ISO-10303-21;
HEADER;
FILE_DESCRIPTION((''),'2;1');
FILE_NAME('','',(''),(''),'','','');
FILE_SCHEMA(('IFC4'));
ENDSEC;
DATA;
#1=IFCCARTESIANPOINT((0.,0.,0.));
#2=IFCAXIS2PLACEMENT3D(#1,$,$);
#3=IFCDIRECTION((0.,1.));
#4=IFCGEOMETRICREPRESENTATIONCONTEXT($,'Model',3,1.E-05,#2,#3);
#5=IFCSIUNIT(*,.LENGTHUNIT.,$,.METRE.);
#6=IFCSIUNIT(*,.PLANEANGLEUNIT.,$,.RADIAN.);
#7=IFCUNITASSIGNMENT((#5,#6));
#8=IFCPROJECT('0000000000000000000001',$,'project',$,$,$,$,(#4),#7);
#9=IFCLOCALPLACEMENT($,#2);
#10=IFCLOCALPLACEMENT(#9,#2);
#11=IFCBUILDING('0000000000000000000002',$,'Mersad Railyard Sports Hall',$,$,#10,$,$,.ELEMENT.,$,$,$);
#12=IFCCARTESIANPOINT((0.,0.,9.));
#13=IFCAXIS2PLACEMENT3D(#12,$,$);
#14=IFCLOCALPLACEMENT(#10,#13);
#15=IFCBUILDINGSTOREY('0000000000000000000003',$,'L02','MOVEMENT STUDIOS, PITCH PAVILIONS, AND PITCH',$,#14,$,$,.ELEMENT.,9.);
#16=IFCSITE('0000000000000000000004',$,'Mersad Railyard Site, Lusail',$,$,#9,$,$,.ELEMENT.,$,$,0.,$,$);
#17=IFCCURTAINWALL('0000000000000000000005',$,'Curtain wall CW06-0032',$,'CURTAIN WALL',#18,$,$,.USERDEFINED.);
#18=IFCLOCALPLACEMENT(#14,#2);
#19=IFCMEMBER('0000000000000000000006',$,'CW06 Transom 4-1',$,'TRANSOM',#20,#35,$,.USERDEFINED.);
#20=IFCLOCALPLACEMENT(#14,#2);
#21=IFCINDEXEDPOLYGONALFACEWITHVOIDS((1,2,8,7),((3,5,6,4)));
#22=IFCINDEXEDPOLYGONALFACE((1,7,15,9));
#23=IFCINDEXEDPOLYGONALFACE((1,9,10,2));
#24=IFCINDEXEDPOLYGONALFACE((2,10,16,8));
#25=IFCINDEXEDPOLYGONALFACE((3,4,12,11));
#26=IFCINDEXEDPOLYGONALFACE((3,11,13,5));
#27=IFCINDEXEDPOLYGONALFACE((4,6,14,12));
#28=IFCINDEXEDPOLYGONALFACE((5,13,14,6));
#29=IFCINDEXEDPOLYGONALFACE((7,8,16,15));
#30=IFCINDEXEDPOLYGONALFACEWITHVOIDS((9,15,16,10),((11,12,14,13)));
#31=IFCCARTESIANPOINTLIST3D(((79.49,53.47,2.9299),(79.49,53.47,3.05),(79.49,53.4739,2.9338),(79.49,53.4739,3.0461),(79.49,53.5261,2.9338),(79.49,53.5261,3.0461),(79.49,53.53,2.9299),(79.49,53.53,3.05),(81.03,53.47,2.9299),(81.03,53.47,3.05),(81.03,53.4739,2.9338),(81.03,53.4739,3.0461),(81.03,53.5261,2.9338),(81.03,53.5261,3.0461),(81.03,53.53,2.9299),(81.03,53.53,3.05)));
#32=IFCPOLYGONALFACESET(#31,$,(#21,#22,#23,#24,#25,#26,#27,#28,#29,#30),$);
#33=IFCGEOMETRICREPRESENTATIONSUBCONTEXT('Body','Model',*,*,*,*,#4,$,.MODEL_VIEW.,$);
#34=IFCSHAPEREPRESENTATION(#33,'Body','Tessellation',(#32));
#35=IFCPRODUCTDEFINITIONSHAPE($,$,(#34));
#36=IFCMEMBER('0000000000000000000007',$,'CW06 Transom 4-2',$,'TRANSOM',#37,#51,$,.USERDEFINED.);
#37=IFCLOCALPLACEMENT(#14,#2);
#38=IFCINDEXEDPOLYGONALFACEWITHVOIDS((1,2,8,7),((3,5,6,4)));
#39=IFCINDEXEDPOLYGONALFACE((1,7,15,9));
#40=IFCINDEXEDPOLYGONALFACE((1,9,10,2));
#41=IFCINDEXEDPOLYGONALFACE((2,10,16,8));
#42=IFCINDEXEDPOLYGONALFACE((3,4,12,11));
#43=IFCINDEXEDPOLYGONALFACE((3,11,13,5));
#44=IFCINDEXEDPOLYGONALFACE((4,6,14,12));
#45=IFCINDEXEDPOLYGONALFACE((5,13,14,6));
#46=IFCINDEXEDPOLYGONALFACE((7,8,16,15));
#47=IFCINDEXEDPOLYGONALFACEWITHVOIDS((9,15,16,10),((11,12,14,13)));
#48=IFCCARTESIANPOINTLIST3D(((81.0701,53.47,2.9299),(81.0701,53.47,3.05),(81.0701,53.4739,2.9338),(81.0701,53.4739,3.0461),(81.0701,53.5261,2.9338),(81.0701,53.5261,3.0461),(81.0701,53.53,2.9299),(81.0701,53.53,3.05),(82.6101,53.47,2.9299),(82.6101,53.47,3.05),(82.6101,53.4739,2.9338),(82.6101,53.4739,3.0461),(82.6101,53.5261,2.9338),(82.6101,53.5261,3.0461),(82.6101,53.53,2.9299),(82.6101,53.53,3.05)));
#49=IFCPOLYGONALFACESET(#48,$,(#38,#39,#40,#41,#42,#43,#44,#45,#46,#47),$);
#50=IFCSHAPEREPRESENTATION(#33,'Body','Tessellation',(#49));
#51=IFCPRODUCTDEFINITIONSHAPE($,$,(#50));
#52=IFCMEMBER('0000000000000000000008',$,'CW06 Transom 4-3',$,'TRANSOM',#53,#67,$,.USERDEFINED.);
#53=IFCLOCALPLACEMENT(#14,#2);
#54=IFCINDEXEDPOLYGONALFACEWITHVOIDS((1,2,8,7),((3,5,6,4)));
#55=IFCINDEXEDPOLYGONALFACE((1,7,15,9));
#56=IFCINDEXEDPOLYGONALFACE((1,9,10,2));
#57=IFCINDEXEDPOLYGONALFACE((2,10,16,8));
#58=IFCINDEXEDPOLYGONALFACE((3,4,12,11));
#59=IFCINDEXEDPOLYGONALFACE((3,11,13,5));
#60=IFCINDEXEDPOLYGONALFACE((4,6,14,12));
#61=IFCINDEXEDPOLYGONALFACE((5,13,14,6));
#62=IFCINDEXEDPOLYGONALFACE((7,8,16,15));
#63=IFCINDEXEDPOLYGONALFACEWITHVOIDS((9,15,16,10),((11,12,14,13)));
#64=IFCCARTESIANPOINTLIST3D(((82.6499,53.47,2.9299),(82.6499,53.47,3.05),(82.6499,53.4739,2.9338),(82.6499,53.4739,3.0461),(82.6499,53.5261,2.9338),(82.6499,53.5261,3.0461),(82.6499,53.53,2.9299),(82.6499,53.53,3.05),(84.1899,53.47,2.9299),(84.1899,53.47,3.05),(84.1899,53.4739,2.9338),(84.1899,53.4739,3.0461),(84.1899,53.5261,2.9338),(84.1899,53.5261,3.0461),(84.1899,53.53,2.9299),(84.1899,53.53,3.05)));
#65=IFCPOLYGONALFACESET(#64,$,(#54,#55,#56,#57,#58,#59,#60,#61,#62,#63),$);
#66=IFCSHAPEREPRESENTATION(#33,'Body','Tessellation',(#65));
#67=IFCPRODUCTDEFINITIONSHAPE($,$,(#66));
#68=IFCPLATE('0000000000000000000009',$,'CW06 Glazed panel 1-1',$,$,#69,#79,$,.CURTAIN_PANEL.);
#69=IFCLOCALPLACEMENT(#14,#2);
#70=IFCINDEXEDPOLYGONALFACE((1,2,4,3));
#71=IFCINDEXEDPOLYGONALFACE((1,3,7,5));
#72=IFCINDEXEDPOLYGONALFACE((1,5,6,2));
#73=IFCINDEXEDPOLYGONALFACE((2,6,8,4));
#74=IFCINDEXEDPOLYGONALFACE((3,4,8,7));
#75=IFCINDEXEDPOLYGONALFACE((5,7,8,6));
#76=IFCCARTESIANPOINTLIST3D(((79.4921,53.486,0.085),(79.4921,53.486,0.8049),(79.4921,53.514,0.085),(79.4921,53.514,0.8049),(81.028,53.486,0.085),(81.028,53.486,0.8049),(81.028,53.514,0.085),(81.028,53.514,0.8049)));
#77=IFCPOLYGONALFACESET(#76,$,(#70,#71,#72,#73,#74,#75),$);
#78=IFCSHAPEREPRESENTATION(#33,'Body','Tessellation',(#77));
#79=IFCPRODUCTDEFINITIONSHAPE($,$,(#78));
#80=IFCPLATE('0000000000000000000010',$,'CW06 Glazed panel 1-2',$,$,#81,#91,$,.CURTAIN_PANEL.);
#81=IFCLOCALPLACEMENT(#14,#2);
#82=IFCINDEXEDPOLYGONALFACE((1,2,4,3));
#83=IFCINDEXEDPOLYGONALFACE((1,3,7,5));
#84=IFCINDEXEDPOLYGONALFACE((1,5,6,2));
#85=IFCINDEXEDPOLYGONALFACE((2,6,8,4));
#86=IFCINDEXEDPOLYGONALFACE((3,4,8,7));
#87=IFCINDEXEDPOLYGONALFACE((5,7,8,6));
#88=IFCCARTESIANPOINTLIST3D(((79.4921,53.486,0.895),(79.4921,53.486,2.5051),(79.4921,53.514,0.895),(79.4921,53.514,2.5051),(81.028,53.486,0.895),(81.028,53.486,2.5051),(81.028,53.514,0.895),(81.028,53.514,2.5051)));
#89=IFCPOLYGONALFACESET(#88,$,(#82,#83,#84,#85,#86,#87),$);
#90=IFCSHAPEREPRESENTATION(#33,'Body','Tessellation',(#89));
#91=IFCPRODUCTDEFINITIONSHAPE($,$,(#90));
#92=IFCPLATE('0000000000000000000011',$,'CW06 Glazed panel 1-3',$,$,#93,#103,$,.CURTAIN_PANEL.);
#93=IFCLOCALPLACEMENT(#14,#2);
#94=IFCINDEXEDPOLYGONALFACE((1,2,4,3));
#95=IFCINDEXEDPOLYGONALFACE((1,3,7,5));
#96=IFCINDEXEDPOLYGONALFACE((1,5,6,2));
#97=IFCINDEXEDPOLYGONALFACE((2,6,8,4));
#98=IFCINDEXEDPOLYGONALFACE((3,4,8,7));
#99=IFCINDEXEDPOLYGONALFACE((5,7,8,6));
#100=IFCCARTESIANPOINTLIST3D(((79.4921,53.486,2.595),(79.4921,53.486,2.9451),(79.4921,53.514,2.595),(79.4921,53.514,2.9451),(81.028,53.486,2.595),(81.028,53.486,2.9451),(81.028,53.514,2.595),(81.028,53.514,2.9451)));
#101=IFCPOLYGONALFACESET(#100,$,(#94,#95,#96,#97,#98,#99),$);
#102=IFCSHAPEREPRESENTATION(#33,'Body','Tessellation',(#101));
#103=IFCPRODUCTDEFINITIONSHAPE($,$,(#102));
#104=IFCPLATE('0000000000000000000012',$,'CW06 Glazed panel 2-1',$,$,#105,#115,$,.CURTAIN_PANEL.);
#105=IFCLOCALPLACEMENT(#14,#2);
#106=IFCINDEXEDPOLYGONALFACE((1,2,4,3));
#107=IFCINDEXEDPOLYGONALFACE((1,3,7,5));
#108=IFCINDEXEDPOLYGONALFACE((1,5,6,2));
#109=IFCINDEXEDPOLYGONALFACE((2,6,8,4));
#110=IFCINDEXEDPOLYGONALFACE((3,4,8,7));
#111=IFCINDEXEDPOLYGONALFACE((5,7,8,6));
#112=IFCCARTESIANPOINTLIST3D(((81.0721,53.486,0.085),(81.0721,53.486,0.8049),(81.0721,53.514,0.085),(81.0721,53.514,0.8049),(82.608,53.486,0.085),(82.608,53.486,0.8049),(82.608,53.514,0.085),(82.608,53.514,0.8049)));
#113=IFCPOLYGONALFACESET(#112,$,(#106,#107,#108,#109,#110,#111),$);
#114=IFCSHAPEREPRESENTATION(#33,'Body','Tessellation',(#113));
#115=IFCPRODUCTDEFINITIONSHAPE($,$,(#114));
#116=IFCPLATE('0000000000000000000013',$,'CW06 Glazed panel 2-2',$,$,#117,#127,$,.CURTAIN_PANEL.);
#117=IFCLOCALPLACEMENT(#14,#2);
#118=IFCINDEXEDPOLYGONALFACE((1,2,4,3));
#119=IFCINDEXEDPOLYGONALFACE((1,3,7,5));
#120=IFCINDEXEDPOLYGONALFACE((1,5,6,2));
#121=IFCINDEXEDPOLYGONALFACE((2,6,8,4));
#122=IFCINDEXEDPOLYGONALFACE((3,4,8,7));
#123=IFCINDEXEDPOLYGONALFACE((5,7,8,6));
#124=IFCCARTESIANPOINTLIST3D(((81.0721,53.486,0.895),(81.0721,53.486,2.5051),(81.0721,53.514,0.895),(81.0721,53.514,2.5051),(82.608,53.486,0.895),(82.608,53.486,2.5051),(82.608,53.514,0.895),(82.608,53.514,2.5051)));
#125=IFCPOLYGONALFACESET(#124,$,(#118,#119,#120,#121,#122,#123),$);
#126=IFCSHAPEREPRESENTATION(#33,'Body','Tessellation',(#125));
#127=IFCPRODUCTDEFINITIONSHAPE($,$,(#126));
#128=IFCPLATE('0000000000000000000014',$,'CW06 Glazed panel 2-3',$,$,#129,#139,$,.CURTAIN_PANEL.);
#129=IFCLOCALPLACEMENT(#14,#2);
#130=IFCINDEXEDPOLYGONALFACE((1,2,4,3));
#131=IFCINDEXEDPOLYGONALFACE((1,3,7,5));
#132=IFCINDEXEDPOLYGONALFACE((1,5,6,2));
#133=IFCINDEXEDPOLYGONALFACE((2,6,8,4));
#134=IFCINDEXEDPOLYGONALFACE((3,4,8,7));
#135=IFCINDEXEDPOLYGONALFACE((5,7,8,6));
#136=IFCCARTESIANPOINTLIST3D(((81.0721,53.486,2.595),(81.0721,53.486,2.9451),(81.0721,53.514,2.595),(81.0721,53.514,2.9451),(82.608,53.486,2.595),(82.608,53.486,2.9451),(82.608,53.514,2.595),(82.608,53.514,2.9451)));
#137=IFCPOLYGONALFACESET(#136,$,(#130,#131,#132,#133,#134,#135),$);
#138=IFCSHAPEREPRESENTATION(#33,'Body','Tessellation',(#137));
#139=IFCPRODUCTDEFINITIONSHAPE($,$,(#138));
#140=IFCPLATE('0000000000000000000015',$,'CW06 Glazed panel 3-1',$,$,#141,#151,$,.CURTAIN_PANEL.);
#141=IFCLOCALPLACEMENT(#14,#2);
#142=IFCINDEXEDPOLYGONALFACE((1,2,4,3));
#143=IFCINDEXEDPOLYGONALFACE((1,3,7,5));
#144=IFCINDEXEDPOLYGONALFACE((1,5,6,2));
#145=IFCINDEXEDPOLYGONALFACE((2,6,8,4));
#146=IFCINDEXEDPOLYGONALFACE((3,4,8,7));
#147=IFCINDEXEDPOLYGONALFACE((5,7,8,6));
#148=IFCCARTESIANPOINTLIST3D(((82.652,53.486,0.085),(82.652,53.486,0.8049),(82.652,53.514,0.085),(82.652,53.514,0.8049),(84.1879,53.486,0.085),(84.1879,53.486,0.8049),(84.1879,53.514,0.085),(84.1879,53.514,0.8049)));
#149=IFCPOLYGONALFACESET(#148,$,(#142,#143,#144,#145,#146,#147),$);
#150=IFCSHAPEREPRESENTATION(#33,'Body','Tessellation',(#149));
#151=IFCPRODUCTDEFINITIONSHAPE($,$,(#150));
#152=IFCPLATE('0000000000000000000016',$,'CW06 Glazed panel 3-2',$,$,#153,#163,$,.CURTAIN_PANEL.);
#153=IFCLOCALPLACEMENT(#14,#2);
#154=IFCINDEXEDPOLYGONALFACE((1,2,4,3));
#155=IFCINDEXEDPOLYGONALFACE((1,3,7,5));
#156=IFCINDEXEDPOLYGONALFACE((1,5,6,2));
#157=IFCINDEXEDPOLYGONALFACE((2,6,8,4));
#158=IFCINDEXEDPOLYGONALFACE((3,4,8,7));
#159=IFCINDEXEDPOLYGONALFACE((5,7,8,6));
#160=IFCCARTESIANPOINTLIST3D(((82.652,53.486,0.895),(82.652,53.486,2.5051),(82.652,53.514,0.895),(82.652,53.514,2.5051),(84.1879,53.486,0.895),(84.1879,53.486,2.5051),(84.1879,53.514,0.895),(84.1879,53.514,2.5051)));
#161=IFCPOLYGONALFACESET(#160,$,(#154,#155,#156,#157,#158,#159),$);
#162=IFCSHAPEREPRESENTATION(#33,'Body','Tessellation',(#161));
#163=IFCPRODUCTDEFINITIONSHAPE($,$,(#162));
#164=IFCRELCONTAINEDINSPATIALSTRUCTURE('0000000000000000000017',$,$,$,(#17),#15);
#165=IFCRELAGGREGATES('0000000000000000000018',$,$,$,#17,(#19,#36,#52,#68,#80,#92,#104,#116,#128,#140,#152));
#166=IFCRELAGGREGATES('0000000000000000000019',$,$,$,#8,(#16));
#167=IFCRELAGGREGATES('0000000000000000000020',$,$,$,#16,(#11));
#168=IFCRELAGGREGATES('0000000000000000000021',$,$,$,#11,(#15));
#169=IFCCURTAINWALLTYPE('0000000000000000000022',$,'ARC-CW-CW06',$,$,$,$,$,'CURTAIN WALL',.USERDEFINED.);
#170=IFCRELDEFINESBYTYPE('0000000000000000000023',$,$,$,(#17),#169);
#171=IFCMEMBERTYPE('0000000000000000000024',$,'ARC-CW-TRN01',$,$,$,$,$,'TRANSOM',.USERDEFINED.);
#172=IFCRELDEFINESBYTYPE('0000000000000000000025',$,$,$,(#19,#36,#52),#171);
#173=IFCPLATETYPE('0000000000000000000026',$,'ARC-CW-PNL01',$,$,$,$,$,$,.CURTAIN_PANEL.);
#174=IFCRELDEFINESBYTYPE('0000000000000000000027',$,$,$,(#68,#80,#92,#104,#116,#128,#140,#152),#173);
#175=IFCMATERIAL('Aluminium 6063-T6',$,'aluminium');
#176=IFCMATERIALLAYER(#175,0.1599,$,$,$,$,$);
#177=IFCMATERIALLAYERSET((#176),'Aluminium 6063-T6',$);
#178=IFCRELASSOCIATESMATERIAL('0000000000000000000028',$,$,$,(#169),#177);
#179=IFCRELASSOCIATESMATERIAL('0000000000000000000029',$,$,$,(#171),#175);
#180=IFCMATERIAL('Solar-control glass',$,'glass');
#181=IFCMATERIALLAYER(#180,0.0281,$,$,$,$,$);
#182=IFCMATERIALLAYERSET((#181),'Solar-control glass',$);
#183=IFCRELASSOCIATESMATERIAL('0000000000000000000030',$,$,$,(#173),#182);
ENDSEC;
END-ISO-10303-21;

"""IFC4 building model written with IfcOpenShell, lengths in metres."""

from ifc_helpers import new_model, si_unit, direction, frame, origin, origin_2d, place, context, subcontext, project, spatial, rectangle, hollow_rectangle, extrude, material, layer, layer_set, material_profile, profile_set, type_object, element, aggregate, save


model = new_model("IFC4")

# Units and contexts
model_context = context("Model", 3, precision=1e-05, world=origin(), true_north=direction((0.0, 1.0)))
body_context = subcontext(model_context, "Body", "Model", "MODEL_VIEW")
ifc_project = project(units=[si_unit("LENGTHUNIT", "METRE"), si_unit("PLANEANGLEUNIT", "RADIAN")], contexts=[model_context])

# Site, building, storey
site_placement = place(None, origin())
site = spatial("IfcSite", under=ifc_project, at=site_placement, Name="Mersad Railyard Site, Lusail", CompositionType="ELEMENT", RefElevation=0.0)
building_placement = place(site_placement, origin())
building = spatial("IfcBuilding", under=site, at=building_placement, Name="Mersad Railyard Sports Hall", CompositionType="ELEMENT")
storey_placement = place(building_placement, frame((0.0, 0.0, 9.0)))
storey = spatial("IfcBuildingStorey", under=building, at=storey_placement, Name="L02", Description="MOVEMENT STUDIOS, PITCH PAVILIONS, AND PITCH", CompositionType="ELEMENT", Elevation=9.0)

# Curtain wall, members, plates
ifc_material_1 = material(Name="Aluminium 6063-T6", Category="aluminium")
ifc_layer_1 = layer(ifc_material_1, 0.1599)
ifc_layer_set_1 = layer_set([ifc_layer_1], Name="Aluminium 6063-T6")
curtain_wall_type = type_object("IfcCurtainWallType", Name="ARC-CW-CW06", ElementType="CURTAIN WALL", PredefinedType="USERDEFINED", material=ifc_layer_set_1)
curtain_wall_placement = place(storey_placement, origin())
curtain_wall = element("IfcCurtainWall", 1, at=curtain_wall_placement, inside=storey, type_object=curtain_wall_type, Name="Curtain wall CW06-0032", ObjectType="CURTAIN WALL", PredefinedType="USERDEFINED")
ifc_material_profile_1 = material_profile(ifc_material_1, hollow_rectangle(XDim=0.0601, YDim=0.1201, WallThickness=0.0039, at=origin_2d()), Name="AL TRANSOM 60x120x4")
ifc_profile_set_1 = profile_set([ifc_material_profile_1], Name="Aluminium 6063-T6")
member_type_1 = type_object("IfcMemberType", Name="ARC-CW-TRN01", ElementType="TRANSOM", PredefinedType="USERDEFINED", material=ifc_profile_set_1)
member_1_placement = place(storey_placement, frame((79.49, 53.5, 2.99), z_axis=(1.0, 0.0, 0.0), x_axis=(0.0, 1.0, 0.0)))
member_1 = element("IfcMember", 2, at=member_1_placement, type_object=member_type_1, Name="CW06 Transom 4-1", ObjectType="TRANSOM", PredefinedType="USERDEFINED", context=body_context, shape_type="SweptSolid", body=[
    extrude(hollow_rectangle(XDim=0.0601, YDim=0.1201, WallThickness=0.0039, at=origin_2d()), origin(), (0.0, 0.0, 1.0), 1.54),
])
member_2_placement = place(storey_placement, frame((81.0701, 53.5, 2.99), z_axis=(1.0, 0.0, 0.0), x_axis=(0.0, 1.0, 0.0)))
member_2 = element("IfcMember", 3, at=member_2_placement, type_object=member_type_1, Name="CW06 Transom 4-2", ObjectType="TRANSOM", PredefinedType="USERDEFINED", context=body_context, shape_type="SweptSolid", body=[
    extrude(hollow_rectangle(XDim=0.0601, YDim=0.1201, WallThickness=0.0039, at=origin_2d()), origin(), (0.0, 0.0, 1.0), 1.54),
])
member_3_placement = place(storey_placement, frame((82.6499, 53.5, 2.99), z_axis=(1.0, 0.0, 0.0), x_axis=(0.0, 1.0, 0.0)))
member_3 = element("IfcMember", 4, at=member_3_placement, type_object=member_type_1, Name="CW06 Transom 4-3", ObjectType="TRANSOM", PredefinedType="USERDEFINED", context=body_context, shape_type="SweptSolid", body=[
    extrude(hollow_rectangle(XDim=0.0601, YDim=0.1201, WallThickness=0.0039, at=origin_2d()), origin(), (0.0, 0.0, 1.0), 1.54),
])
ifc_material_2 = material(Name="Solar-control glass", Category="glass")
ifc_layer_2 = layer(ifc_material_2, 0.0281)
ifc_layer_set_2 = layer_set([ifc_layer_2], Name="Solar-control glass")
plate_type = type_object("IfcPlateType", Name="ARC-CW-PNL01", PredefinedType="CURTAIN_PANEL", material=ifc_layer_set_2)
plate_1_placement = place(storey_placement, frame((80.26, 53.5, 0.085), z_axis=(0.0, 0.0, 1.0), x_axis=(1.0, 0.0, 0.0)))
plate_1 = element("IfcPlate", 5, at=plate_1_placement, type_object=plate_type, Name="CW06 Glazed panel 1-1", PredefinedType="CURTAIN_PANEL", context=body_context, shape_type="SweptSolid", body=[
    extrude(rectangle(XDim=1.5359, YDim=0.0281, at=origin_2d()), origin(), (0.0, 0.0, 1.0), 0.72),
])
plate_2_placement = place(storey_placement, frame((80.26, 53.5, 0.895), z_axis=(0.0, 0.0, 1.0), x_axis=(1.0, 0.0, 0.0)))
plate_2 = element("IfcPlate", 6, at=plate_2_placement, type_object=plate_type, Name="CW06 Glazed panel 1-2", PredefinedType="CURTAIN_PANEL", context=body_context, shape_type="SweptSolid", body=[
    extrude(rectangle(XDim=1.5359, YDim=0.0281, at=origin_2d()), origin(), (0.0, 0.0, 1.0), 1.6101),
])
plate_3_placement = place(storey_placement, frame((80.26, 53.5, 2.595), z_axis=(0.0, 0.0, 1.0), x_axis=(1.0, 0.0, 0.0)))
plate_3 = element("IfcPlate", 7, at=plate_3_placement, type_object=plate_type, Name="CW06 Glazed panel 1-3", PredefinedType="CURTAIN_PANEL", context=body_context, shape_type="SweptSolid", body=[
    extrude(rectangle(XDim=1.5359, YDim=0.0281, at=origin_2d()), origin(), (0.0, 0.0, 1.0), 0.3501),
])
plate_4_placement = place(storey_placement, frame((81.8401, 53.5, 0.085), z_axis=(0.0, 0.0, 1.0), x_axis=(1.0, 0.0, 0.0)))
plate_4 = element("IfcPlate", 8, at=plate_4_placement, type_object=plate_type, Name="CW06 Glazed panel 2-1", PredefinedType="CURTAIN_PANEL", context=body_context, shape_type="SweptSolid", body=[
    extrude(rectangle(XDim=1.5359, YDim=0.0281, at=origin_2d()), origin(), (0.0, 0.0, 1.0), 0.72),
])
plate_5_placement = place(storey_placement, frame((81.8401, 53.5, 0.895), z_axis=(0.0, 0.0, 1.0), x_axis=(1.0, 0.0, 0.0)))
plate_5 = element("IfcPlate", 9, at=plate_5_placement, type_object=plate_type, Name="CW06 Glazed panel 2-2", PredefinedType="CURTAIN_PANEL", context=body_context, shape_type="SweptSolid", body=[
    extrude(rectangle(XDim=1.5359, YDim=0.0281, at=origin_2d()), origin(), (0.0, 0.0, 1.0), 1.6101),
])
plate_6_placement = place(storey_placement, frame((81.8401, 53.5, 2.595), z_axis=(0.0, 0.0, 1.0), x_axis=(1.0, 0.0, 0.0)))
plate_6 = element("IfcPlate", 10, at=plate_6_placement, type_object=plate_type, Name="CW06 Glazed panel 2-3", PredefinedType="CURTAIN_PANEL", context=body_context, shape_type="SweptSolid", body=[
    extrude(rectangle(XDim=1.5359, YDim=0.0281, at=origin_2d()), origin(), (0.0, 0.0, 1.0), 0.3501),
])
plate_7_placement = place(storey_placement, frame((83.4199, 53.5, 0.085), z_axis=(0.0, 0.0, 1.0), x_axis=(1.0, 0.0, 0.0)))
plate_7 = element("IfcPlate", 11, at=plate_7_placement, type_object=plate_type, Name="CW06 Glazed panel 3-1", PredefinedType="CURTAIN_PANEL", context=body_context, shape_type="SweptSolid", body=[
    extrude(rectangle(XDim=1.5359, YDim=0.0281, at=origin_2d()), origin(), (0.0, 0.0, 1.0), 0.72),
])
plate_8_placement = place(storey_placement, frame((83.4199, 53.5, 0.895), z_axis=(0.0, 0.0, 1.0), x_axis=(1.0, 0.0, 0.0)))
plate_8 = element("IfcPlate", 12, at=plate_8_placement, type_object=plate_type, Name="CW06 Glazed panel 3-2", PredefinedType="CURTAIN_PANEL", context=body_context, shape_type="SweptSolid", body=[
    extrude(rectangle(XDim=1.5359, YDim=0.0281, at=origin_2d()), origin(), (0.0, 0.0, 1.0), 1.6101),
])
aggregate(curtain_wall, [member_1, member_2, member_3, plate_1, plate_2, plate_3, plate_4, plate_5, plate_6, plate_7, plate_8])

save(model, "model.ifc")
